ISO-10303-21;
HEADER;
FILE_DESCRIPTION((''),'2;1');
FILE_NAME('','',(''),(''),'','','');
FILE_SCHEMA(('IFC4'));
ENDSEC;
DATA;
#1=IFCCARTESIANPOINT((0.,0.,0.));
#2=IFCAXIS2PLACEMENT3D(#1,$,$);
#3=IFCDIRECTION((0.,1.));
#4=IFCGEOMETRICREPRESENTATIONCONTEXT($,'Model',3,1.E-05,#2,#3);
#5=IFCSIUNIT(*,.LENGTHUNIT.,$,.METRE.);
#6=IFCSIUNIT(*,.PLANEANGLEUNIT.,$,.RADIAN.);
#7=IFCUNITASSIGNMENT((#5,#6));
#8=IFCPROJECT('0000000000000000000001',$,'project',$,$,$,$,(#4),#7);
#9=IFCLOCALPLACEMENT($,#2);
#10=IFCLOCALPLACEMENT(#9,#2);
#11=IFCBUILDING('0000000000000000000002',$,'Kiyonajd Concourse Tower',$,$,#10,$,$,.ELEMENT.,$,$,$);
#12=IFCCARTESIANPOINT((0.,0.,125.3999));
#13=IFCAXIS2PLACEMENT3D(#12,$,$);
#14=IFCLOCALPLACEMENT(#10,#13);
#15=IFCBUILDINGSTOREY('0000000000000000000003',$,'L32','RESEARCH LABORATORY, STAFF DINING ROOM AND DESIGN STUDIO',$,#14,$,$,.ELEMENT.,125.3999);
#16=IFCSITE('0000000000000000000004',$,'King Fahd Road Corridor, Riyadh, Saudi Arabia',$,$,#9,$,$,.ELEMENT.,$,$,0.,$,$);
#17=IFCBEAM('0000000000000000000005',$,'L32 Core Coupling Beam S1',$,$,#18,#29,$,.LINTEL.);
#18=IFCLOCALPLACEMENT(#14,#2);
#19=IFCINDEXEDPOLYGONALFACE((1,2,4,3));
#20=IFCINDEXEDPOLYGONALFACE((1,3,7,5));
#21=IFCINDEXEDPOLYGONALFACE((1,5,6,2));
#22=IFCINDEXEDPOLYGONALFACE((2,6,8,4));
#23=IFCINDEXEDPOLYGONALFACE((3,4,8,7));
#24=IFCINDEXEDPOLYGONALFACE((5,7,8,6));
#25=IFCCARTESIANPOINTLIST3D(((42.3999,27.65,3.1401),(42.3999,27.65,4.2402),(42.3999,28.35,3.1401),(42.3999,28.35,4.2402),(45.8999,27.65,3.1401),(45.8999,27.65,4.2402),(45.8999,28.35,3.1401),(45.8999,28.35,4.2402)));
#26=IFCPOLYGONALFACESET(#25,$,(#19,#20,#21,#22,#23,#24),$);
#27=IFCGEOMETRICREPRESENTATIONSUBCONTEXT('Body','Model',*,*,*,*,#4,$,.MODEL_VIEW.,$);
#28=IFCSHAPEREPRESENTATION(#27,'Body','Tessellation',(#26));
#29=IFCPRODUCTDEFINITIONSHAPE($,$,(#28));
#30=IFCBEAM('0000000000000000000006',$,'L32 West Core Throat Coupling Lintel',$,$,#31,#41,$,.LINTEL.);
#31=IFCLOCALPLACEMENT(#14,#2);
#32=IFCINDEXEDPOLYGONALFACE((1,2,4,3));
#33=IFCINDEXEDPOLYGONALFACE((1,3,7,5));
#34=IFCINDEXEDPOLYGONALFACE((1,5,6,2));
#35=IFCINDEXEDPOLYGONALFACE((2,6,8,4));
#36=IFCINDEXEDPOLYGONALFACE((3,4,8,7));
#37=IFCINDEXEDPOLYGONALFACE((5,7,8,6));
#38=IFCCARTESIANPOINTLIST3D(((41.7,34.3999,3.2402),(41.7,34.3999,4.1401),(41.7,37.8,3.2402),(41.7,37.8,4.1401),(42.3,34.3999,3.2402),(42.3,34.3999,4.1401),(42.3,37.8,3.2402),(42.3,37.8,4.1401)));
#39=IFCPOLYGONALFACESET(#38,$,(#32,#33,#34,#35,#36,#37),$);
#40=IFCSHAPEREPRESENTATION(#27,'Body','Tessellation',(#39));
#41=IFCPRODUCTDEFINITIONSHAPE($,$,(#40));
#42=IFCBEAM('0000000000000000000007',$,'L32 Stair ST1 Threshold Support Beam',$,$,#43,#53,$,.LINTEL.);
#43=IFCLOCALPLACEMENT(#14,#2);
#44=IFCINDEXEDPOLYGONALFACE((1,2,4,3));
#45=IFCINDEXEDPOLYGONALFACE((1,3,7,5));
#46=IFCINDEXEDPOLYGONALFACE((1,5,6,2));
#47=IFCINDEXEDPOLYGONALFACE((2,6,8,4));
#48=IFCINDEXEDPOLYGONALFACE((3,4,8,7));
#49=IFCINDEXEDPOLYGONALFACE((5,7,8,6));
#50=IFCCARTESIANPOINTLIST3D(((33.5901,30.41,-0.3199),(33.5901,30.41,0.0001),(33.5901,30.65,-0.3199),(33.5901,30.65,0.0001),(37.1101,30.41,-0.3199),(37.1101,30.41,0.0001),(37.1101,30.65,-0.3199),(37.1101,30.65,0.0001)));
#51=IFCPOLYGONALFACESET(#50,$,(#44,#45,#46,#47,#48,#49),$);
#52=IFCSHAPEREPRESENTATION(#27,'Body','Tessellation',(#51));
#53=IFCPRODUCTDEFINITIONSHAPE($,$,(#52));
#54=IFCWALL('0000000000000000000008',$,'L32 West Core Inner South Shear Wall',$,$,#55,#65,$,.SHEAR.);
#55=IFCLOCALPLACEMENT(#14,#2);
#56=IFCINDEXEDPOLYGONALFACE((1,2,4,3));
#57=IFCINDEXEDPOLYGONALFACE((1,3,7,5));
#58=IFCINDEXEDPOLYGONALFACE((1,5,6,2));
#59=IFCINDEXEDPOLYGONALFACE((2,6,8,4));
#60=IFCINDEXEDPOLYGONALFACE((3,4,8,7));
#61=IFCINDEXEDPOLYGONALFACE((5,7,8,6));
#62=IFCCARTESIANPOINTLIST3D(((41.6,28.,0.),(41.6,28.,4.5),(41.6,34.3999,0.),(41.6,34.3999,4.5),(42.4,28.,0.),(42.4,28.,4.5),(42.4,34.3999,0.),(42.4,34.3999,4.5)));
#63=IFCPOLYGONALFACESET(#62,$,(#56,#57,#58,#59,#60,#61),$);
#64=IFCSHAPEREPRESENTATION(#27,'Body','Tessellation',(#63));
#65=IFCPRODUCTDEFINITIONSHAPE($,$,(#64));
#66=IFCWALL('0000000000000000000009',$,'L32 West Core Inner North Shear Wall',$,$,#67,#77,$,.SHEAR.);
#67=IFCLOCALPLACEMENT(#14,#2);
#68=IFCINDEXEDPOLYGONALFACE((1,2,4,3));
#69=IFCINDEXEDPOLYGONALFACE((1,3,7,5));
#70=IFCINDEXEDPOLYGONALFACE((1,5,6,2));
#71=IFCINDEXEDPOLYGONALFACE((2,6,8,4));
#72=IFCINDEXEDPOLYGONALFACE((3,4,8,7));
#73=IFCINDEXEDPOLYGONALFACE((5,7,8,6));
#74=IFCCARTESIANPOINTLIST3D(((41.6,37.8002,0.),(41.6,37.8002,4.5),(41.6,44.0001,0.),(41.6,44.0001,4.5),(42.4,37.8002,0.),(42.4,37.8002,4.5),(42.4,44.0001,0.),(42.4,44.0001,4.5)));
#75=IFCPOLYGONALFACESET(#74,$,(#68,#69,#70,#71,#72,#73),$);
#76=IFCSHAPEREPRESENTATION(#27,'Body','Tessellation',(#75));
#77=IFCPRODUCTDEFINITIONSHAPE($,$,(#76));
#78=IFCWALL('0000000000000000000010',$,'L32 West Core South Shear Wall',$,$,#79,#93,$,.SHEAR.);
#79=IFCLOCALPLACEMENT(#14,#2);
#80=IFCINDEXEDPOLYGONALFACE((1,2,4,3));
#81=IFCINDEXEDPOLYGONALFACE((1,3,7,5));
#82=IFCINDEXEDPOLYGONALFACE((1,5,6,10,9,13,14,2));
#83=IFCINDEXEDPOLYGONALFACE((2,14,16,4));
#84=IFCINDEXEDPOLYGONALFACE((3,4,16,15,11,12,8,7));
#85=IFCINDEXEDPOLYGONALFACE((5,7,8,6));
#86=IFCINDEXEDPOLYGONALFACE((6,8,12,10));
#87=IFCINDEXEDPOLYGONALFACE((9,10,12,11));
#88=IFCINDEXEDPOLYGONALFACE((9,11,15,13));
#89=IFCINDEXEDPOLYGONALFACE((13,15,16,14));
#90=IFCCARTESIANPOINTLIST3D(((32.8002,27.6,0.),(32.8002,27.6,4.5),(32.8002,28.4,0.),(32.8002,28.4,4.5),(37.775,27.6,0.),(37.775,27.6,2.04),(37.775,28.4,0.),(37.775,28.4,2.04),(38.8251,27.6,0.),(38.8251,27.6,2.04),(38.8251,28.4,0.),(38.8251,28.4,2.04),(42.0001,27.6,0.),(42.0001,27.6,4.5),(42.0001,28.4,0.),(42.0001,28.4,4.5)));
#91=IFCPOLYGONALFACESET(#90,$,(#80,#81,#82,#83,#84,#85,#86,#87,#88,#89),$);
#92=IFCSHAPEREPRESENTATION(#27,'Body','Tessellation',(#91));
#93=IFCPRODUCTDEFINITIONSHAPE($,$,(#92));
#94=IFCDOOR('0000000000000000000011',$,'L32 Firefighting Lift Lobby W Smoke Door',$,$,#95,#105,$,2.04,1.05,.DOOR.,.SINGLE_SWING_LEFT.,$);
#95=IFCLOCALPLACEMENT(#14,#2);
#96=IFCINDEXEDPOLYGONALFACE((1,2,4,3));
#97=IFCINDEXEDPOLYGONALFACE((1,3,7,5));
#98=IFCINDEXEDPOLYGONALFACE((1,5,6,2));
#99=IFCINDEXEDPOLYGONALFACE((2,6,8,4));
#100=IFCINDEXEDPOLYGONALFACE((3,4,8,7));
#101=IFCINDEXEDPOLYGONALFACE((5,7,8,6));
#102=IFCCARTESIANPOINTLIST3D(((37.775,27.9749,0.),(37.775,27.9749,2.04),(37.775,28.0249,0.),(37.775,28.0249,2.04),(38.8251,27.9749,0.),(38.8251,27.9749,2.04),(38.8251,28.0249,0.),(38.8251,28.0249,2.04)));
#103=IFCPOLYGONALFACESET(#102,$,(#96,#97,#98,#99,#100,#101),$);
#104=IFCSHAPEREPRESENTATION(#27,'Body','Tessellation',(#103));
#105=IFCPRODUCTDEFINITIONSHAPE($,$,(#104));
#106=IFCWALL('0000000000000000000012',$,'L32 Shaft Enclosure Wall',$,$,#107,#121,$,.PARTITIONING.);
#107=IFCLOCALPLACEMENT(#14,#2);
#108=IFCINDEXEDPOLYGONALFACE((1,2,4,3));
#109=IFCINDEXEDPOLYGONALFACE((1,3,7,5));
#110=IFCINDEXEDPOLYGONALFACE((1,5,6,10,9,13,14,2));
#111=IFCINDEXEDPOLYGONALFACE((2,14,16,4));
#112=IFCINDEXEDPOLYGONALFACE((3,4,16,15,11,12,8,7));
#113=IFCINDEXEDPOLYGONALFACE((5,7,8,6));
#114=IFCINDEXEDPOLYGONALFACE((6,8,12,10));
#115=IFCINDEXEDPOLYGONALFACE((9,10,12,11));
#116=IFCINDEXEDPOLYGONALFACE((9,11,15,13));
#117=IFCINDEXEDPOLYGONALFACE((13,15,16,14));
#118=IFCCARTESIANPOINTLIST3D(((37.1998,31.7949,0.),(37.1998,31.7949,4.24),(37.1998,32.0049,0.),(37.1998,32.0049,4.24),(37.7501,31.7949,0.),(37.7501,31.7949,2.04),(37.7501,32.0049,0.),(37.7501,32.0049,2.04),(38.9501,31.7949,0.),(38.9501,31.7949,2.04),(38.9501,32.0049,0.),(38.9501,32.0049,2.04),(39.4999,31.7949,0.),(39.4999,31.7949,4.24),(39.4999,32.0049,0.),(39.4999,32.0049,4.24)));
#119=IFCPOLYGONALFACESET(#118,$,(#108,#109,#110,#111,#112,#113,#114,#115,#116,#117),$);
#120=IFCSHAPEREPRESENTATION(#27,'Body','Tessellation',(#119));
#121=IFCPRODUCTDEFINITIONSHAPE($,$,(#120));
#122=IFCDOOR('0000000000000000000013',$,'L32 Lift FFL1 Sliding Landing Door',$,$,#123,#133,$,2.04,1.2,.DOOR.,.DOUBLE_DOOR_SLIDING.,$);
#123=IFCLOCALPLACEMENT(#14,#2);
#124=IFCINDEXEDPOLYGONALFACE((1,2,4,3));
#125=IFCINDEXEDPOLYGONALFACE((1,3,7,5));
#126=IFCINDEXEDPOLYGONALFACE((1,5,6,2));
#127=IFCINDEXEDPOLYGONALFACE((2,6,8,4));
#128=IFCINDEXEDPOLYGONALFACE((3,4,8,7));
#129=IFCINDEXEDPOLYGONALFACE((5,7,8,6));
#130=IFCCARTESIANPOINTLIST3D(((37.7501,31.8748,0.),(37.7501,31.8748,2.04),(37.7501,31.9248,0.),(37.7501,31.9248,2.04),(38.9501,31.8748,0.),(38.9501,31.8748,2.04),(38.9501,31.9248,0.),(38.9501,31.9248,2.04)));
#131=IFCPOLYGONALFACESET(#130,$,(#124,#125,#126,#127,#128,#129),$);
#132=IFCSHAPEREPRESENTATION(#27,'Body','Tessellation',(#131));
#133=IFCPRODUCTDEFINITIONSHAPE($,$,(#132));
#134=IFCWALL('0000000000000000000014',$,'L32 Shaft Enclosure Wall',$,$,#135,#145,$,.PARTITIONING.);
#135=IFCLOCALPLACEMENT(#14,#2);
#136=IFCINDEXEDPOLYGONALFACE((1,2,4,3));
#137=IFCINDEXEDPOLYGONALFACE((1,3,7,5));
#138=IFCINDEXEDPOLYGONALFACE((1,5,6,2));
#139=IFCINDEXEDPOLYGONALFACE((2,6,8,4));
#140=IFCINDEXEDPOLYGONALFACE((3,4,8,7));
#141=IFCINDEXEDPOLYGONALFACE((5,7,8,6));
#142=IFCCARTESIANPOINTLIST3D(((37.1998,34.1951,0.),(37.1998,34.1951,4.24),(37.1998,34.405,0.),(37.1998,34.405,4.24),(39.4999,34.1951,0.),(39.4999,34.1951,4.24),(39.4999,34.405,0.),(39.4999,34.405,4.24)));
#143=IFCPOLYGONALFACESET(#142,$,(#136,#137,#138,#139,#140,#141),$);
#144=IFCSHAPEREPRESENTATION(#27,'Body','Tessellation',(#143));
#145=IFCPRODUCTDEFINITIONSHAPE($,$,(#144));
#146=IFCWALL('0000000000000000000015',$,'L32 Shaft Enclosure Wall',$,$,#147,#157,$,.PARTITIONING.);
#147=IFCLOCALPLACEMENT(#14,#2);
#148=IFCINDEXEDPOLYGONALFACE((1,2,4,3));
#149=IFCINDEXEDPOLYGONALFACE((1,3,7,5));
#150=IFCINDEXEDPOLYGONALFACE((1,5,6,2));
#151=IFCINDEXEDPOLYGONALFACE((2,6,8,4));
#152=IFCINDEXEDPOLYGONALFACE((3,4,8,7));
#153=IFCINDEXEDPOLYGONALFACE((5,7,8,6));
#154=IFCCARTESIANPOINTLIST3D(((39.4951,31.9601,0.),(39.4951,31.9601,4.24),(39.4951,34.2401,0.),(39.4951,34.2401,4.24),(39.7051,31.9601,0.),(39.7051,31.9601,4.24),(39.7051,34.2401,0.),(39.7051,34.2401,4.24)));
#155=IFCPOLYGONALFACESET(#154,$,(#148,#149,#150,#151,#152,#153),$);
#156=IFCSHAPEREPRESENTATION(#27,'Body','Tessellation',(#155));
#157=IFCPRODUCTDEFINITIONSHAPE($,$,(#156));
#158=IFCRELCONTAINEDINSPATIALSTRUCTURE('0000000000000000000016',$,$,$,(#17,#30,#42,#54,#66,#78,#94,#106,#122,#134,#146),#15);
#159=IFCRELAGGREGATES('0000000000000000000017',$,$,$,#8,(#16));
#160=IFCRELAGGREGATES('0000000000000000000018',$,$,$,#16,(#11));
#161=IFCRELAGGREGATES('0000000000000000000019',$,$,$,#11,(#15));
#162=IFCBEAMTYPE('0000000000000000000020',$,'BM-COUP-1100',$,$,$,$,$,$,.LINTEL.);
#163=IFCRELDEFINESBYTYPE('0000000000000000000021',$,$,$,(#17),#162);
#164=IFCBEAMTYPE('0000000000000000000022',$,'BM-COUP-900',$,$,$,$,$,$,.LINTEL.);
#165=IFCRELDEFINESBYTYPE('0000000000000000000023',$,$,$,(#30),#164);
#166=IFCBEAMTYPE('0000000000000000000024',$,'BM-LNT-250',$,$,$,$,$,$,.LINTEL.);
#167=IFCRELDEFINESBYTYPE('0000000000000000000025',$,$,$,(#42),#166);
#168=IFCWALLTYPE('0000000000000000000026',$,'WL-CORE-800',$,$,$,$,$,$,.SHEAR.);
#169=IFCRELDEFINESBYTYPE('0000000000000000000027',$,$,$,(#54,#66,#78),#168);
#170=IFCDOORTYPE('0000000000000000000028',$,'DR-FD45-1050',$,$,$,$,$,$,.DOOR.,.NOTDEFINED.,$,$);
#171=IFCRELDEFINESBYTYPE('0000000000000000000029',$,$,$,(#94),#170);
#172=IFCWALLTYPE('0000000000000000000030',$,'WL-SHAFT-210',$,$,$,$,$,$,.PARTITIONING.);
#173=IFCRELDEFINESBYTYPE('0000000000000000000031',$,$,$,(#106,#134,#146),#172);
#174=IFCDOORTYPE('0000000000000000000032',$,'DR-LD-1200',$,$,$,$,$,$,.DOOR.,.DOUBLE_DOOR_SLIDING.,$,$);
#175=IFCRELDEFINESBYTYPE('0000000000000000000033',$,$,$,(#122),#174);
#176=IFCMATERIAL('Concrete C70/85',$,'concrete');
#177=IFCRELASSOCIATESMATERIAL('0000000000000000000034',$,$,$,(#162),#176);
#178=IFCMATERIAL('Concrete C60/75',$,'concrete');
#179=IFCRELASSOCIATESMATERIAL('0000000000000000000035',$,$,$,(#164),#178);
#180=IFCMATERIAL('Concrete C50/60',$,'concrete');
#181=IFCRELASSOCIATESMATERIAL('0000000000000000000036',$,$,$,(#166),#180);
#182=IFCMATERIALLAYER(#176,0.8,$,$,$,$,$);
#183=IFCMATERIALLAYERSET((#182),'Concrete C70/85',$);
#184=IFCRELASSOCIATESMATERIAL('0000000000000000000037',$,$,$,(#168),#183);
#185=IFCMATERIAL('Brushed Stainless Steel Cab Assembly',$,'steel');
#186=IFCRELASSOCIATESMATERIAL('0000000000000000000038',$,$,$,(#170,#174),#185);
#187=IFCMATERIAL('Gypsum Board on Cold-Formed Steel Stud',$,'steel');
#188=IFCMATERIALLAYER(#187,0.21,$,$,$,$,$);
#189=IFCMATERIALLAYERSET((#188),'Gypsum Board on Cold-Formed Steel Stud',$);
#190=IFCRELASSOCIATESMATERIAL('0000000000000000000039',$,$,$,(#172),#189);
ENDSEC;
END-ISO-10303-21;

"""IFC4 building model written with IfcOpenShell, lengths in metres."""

from ifc_helpers import new_model, si_unit, direction, frame, frame_2d, origin, origin_2d, place, context, subcontext, project, spatial, rectangle, extrude, material, layer, layer_set, material_profile, profile_set, type_object, element, fill, save


model = new_model("IFC4")

# Units and contexts
model_context = context("Model", 3, precision=1e-05, world=origin(), true_north=direction((0.0, 1.0)))
body_context = subcontext(model_context, "Body", "Model", "MODEL_VIEW")
ifc_project = project(units=[si_unit("LENGTHUNIT", "METRE"), si_unit("PLANEANGLEUNIT", "RADIAN")], contexts=[model_context])

# Site, building, storey
site_placement = place(None, origin())
site = spatial("IfcSite", under=ifc_project, at=site_placement, Name="King Fahd Road Corridor, Riyadh, Saudi Arabia", CompositionType="ELEMENT", RefElevation=0.0)
building_placement = place(site_placement, origin())
building = spatial("IfcBuilding", under=site, at=building_placement, Name="Kiyonajd Concourse Tower", CompositionType="ELEMENT")
storey_placement = place(building_placement, frame((0.0, 0.0, 125.3999)))
storey = spatial("IfcBuildingStorey", under=building, at=storey_placement, Name="L32", Description="RESEARCH LABORATORY, STAFF DINING ROOM AND DESIGN STUDIO", CompositionType="ELEMENT", Elevation=125.3999)

# Beams
ifc_material_1 = material(Name="Concrete C70/85", Category="concrete")
ifc_material_profile_1 = material_profile(ifc_material_1, rectangle(XDim=0.7, YDim=1.1001, at=origin_2d()), Name="RCBM-700x1100")
ifc_profile_set_1 = profile_set([ifc_material_profile_1], Name="Concrete C70/85")
beam_type_1 = type_object("IfcBeamType", Name="BM-COUP-1100", PredefinedType="LINTEL", material=ifc_profile_set_1)
beam_1_placement = place(storey_placement, frame((42.3999, 28.0, 3.6902), z_axis=(1.0, 0.0, 0.0), x_axis=(0.0, 1.0, 0.0)))
element("IfcBeam", 1, at=beam_1_placement, inside=storey, type_object=beam_type_1, Name="L32 Core Coupling Beam S1", PredefinedType="LINTEL", context=body_context, shape_type="SweptSolid", body=[
    extrude(rectangle(XDim=0.7, YDim=1.1001, at=origin_2d()), origin(), (0.0, 0.0, 1.0), 3.5),
])
ifc_material_2 = material(Name="Concrete C60/75", Category="concrete")
ifc_material_profile_2 = material_profile(ifc_material_2, rectangle(XDim=0.6001, YDim=0.8999, at=origin_2d()), Name="RCBM-600x900")
ifc_profile_set_2 = profile_set([ifc_material_profile_2], Name="Concrete C60/75")
beam_type_2 = type_object("IfcBeamType", Name="BM-COUP-900", PredefinedType="LINTEL", material=ifc_profile_set_2)
beam_2_placement = place(storey_placement, frame((42.0, 34.3999, 3.6902), z_axis=(0.0, 1.0, 0.0), x_axis=(-1.0, 0.0, 0.0)))
element("IfcBeam", 2, at=beam_2_placement, inside=storey, type_object=beam_type_2, Name="L32 West Core Throat Coupling Lintel", PredefinedType="LINTEL", context=body_context, shape_type="SweptSolid", body=[
    extrude(rectangle(XDim=0.6001, YDim=0.8999, at=origin_2d()), origin(), (0.0, 0.0, 1.0), 3.4001),
])
ifc_material_3 = material(Name="Concrete C50/60", Category="concrete")
ifc_material_profile_3 = material_profile(ifc_material_3, rectangle(XDim=0.24, YDim=0.3201, at=origin_2d()), Name="RCBM-240x320")
ifc_profile_set_3 = profile_set([ifc_material_profile_3], Name="Concrete C50/60")
beam_type_3 = type_object("IfcBeamType", Name="BM-LNT-250", PredefinedType="LINTEL", material=ifc_profile_set_3)
beam_3_placement = place(storey_placement, frame((33.5901, 30.53, -0.1599), z_axis=(1.0, 0.0, 0.0), x_axis=(0.0, 1.0, 0.0)))
element("IfcBeam", 3, at=beam_3_placement, inside=storey, type_object=beam_type_3, Name="L32 Stair ST1 Threshold Support Beam", PredefinedType="LINTEL", context=body_context, shape_type="SweptSolid", body=[
    extrude(rectangle(XDim=0.24, YDim=0.3201, at=origin_2d()), origin(), (0.0, 0.0, 1.0), 3.52),
])

# Walls
ifc_layer_1 = layer(ifc_material_1, 0.8)
ifc_layer_set_1 = layer_set([ifc_layer_1], Name="Concrete C70/85")
wall_type_1 = type_object("IfcWallType", Name="WL-CORE-800", PredefinedType="SHEAR", material=ifc_layer_set_1)
wall_1_placement = place(storey_placement, frame((42.0, 28.0, 0.0), z_axis=(0.0, 0.0, 1.0), x_axis=(0.0, 1.0, 0.0)))
element("IfcWall", 4, at=wall_1_placement, inside=storey, type_object=wall_type_1, Name="L32 West Core Inner South Shear Wall", PredefinedType="SHEAR", context=body_context, shape_type="SweptSolid", body=[
    extrude(rectangle(XDim=6.3999, YDim=0.8, at=frame_2d((3.2, 0.0))), origin(), (0.0, 0.0, 1.0), 4.5),
])
wall_2_placement = place(storey_placement, frame((42.0, 37.8, 0.0), z_axis=(0.0, 0.0, 1.0), x_axis=(0.0, 1.0, 0.0)))
element("IfcWall", 5, at=wall_2_placement, inside=storey, type_object=wall_type_1, Name="L32 West Core Inner North Shear Wall", PredefinedType="SHEAR", context=body_context, shape_type="SweptSolid", body=[
    extrude(rectangle(XDim=6.2, YDim=0.8, at=frame_2d((3.1001, 0.0))), origin(), (0.0, 0.0, 1.0), 4.5),
])

# Walls, openings, doors
wall_3_placement = place(storey_placement, frame((32.8, 28.0, 0.0), z_axis=(0.0, 0.0, 1.0), x_axis=(1.0, 0.0, 0.0)))
wall_3 = element("IfcWall", 6, at=wall_3_placement, inside=storey, type_object=wall_type_1, Name="L32 West Core South Shear Wall", PredefinedType="SHEAR", context=body_context, shape_type="SweptSolid", body=[
    extrude(rectangle(XDim=9.2, YDim=0.8, at=frame_2d((4.6001, 0.0))), origin(), (0.0, 0.0, 1.0), 4.5),
])
opening_1_placement = place(wall_3_placement, frame((4.9751, 0.0, 0.0)))
opening_1 = element("IfcOpeningElement", 7, at=opening_1_placement, cuts=wall_3, PredefinedType="OPENING", context=body_context, shape_type="SweptSolid", body=[
    extrude(rectangle(XDim=1.05, YDim=2.04, at=frame_2d((0.5249, 1.02))), frame((0.0, 0.4099, 0.0), z_axis=(0.0, -1.0, 0.0), x_axis=(1.0, 0.0, 0.0)), (0.0, 0.0, 1.0), 0.8201),
])
ifc_material_4 = material(Name="Brushed Stainless Steel Cab Assembly", Category="steel")
door_type_1 = type_object("IfcDoorType", Name="DR-FD45-1050", OperationType="NOTDEFINED", PredefinedType="DOOR", material=ifc_material_4)
door_1_placement = place(opening_1_placement, origin())
door_1 = element("IfcDoor", 8, at=door_1_placement, inside=storey, type_object=door_type_1, Name="L32 Firefighting Lift Lobby W Smoke Door", OperationType="SINGLE_SWING_LEFT", OverallHeight=2.04, OverallWidth=1.05, PredefinedType="DOOR", context=body_context, shape_type="SweptSolid", body=[
    extrude(rectangle(XDim=1.05, YDim=2.04, at=frame_2d((0.5249, 1.02))), frame((0.0, 0.0249, 0.0), z_axis=(0.0, -1.0, 0.0), x_axis=(1.0, 0.0, 0.0)), (0.0, 0.0, 1.0), 0.05),
])
fill(opening_1, door_1)
ifc_material_5 = material(Name="Gypsum Board on Cold-Formed Steel Stud", Category="steel")
ifc_layer_2 = layer(ifc_material_5, 0.21)
ifc_layer_set_2 = layer_set([ifc_layer_2], Name="Gypsum Board on Cold-Formed Steel Stud")
wall_type_2 = type_object("IfcWallType", Name="WL-SHAFT-210", PredefinedType="PARTITIONING", material=ifc_layer_set_2)
wall_4_placement = place(storey_placement, frame((37.2, 31.8999, 0.0), z_axis=(0.0, 0.0, 1.0), x_axis=(1.0, 0.0, 0.0)))
wall_4 = element("IfcWall", 9, at=wall_4_placement, inside=storey, type_object=wall_type_2, Name="L32 Shaft Enclosure Wall", PredefinedType="PARTITIONING", context=body_context, shape_type="SweptSolid", body=[
    extrude(rectangle(XDim=2.3, YDim=0.21, at=frame_2d((1.1499, 0.0))), origin(), (0.0, 0.0, 1.0), 4.24),
])
opening_2_placement = place(wall_4_placement, frame((0.55, 0.0, 0.0)))
opening_2 = element("IfcOpeningElement", 10, at=opening_2_placement, cuts=wall_4, PredefinedType="OPENING", context=body_context, shape_type="SweptSolid", body=[
    extrude(rectangle(XDim=1.2, YDim=2.04, at=frame_2d((0.6001, 1.02))), frame((0.0, 0.115, 0.0), z_axis=(0.0, -1.0, 0.0), x_axis=(1.0, 0.0, 0.0)), (0.0, 0.0, 1.0), 0.23),
])
door_type_2 = type_object("IfcDoorType", Name="DR-LD-1200", OperationType="DOUBLE_DOOR_SLIDING", PredefinedType="DOOR", material=ifc_material_4)
door_2_placement = place(opening_2_placement, origin())
door_2 = element("IfcDoor", 11, at=door_2_placement, inside=storey, type_object=door_type_2, Name="L32 Lift FFL1 Sliding Landing Door", OperationType="DOUBLE_DOOR_SLIDING", OverallHeight=2.04, OverallWidth=1.2, PredefinedType="DOOR", context=body_context, shape_type="SweptSolid", body=[
    extrude(rectangle(XDim=1.2, YDim=2.04, at=frame_2d((0.6001, 1.02))), frame((0.0, 0.0249, 0.0), z_axis=(0.0, -1.0, 0.0), x_axis=(1.0, 0.0, 0.0)), (0.0, 0.0, 1.0), 0.05),
])
fill(opening_2, door_2)

# Walls
wall_5_placement = place(storey_placement, frame((37.2, 34.3, 0.0), z_axis=(0.0, 0.0, 1.0), x_axis=(1.0, 0.0, 0.0)))
element("IfcWall", 12, at=wall_5_placement, inside=storey, type_object=wall_type_2, Name="L32 Shaft Enclosure Wall", PredefinedType="PARTITIONING", context=body_context, shape_type="SweptSolid", body=[
    extrude(rectangle(XDim=2.3, YDim=0.21, at=frame_2d((1.1499, 0.0))), origin(), (0.0, 0.0, 1.0), 4.24),
])
wall_6_placement = place(storey_placement, frame((39.6001, 31.96, 0.0), z_axis=(0.0, 0.0, 1.0), x_axis=(0.0, 1.0, 0.0)))
element("IfcWall", 13, at=wall_6_placement, inside=storey, type_object=wall_type_2, Name="L32 Shaft Enclosure Wall", PredefinedType="PARTITIONING", context=body_context, shape_type="SweptSolid", body=[
    extrude(rectangle(XDim=2.28, YDim=0.21, at=frame_2d((1.1401, 0.0))), origin(), (0.0, 0.0, 1.0), 4.24),
])

save(model, "model.ifc")
